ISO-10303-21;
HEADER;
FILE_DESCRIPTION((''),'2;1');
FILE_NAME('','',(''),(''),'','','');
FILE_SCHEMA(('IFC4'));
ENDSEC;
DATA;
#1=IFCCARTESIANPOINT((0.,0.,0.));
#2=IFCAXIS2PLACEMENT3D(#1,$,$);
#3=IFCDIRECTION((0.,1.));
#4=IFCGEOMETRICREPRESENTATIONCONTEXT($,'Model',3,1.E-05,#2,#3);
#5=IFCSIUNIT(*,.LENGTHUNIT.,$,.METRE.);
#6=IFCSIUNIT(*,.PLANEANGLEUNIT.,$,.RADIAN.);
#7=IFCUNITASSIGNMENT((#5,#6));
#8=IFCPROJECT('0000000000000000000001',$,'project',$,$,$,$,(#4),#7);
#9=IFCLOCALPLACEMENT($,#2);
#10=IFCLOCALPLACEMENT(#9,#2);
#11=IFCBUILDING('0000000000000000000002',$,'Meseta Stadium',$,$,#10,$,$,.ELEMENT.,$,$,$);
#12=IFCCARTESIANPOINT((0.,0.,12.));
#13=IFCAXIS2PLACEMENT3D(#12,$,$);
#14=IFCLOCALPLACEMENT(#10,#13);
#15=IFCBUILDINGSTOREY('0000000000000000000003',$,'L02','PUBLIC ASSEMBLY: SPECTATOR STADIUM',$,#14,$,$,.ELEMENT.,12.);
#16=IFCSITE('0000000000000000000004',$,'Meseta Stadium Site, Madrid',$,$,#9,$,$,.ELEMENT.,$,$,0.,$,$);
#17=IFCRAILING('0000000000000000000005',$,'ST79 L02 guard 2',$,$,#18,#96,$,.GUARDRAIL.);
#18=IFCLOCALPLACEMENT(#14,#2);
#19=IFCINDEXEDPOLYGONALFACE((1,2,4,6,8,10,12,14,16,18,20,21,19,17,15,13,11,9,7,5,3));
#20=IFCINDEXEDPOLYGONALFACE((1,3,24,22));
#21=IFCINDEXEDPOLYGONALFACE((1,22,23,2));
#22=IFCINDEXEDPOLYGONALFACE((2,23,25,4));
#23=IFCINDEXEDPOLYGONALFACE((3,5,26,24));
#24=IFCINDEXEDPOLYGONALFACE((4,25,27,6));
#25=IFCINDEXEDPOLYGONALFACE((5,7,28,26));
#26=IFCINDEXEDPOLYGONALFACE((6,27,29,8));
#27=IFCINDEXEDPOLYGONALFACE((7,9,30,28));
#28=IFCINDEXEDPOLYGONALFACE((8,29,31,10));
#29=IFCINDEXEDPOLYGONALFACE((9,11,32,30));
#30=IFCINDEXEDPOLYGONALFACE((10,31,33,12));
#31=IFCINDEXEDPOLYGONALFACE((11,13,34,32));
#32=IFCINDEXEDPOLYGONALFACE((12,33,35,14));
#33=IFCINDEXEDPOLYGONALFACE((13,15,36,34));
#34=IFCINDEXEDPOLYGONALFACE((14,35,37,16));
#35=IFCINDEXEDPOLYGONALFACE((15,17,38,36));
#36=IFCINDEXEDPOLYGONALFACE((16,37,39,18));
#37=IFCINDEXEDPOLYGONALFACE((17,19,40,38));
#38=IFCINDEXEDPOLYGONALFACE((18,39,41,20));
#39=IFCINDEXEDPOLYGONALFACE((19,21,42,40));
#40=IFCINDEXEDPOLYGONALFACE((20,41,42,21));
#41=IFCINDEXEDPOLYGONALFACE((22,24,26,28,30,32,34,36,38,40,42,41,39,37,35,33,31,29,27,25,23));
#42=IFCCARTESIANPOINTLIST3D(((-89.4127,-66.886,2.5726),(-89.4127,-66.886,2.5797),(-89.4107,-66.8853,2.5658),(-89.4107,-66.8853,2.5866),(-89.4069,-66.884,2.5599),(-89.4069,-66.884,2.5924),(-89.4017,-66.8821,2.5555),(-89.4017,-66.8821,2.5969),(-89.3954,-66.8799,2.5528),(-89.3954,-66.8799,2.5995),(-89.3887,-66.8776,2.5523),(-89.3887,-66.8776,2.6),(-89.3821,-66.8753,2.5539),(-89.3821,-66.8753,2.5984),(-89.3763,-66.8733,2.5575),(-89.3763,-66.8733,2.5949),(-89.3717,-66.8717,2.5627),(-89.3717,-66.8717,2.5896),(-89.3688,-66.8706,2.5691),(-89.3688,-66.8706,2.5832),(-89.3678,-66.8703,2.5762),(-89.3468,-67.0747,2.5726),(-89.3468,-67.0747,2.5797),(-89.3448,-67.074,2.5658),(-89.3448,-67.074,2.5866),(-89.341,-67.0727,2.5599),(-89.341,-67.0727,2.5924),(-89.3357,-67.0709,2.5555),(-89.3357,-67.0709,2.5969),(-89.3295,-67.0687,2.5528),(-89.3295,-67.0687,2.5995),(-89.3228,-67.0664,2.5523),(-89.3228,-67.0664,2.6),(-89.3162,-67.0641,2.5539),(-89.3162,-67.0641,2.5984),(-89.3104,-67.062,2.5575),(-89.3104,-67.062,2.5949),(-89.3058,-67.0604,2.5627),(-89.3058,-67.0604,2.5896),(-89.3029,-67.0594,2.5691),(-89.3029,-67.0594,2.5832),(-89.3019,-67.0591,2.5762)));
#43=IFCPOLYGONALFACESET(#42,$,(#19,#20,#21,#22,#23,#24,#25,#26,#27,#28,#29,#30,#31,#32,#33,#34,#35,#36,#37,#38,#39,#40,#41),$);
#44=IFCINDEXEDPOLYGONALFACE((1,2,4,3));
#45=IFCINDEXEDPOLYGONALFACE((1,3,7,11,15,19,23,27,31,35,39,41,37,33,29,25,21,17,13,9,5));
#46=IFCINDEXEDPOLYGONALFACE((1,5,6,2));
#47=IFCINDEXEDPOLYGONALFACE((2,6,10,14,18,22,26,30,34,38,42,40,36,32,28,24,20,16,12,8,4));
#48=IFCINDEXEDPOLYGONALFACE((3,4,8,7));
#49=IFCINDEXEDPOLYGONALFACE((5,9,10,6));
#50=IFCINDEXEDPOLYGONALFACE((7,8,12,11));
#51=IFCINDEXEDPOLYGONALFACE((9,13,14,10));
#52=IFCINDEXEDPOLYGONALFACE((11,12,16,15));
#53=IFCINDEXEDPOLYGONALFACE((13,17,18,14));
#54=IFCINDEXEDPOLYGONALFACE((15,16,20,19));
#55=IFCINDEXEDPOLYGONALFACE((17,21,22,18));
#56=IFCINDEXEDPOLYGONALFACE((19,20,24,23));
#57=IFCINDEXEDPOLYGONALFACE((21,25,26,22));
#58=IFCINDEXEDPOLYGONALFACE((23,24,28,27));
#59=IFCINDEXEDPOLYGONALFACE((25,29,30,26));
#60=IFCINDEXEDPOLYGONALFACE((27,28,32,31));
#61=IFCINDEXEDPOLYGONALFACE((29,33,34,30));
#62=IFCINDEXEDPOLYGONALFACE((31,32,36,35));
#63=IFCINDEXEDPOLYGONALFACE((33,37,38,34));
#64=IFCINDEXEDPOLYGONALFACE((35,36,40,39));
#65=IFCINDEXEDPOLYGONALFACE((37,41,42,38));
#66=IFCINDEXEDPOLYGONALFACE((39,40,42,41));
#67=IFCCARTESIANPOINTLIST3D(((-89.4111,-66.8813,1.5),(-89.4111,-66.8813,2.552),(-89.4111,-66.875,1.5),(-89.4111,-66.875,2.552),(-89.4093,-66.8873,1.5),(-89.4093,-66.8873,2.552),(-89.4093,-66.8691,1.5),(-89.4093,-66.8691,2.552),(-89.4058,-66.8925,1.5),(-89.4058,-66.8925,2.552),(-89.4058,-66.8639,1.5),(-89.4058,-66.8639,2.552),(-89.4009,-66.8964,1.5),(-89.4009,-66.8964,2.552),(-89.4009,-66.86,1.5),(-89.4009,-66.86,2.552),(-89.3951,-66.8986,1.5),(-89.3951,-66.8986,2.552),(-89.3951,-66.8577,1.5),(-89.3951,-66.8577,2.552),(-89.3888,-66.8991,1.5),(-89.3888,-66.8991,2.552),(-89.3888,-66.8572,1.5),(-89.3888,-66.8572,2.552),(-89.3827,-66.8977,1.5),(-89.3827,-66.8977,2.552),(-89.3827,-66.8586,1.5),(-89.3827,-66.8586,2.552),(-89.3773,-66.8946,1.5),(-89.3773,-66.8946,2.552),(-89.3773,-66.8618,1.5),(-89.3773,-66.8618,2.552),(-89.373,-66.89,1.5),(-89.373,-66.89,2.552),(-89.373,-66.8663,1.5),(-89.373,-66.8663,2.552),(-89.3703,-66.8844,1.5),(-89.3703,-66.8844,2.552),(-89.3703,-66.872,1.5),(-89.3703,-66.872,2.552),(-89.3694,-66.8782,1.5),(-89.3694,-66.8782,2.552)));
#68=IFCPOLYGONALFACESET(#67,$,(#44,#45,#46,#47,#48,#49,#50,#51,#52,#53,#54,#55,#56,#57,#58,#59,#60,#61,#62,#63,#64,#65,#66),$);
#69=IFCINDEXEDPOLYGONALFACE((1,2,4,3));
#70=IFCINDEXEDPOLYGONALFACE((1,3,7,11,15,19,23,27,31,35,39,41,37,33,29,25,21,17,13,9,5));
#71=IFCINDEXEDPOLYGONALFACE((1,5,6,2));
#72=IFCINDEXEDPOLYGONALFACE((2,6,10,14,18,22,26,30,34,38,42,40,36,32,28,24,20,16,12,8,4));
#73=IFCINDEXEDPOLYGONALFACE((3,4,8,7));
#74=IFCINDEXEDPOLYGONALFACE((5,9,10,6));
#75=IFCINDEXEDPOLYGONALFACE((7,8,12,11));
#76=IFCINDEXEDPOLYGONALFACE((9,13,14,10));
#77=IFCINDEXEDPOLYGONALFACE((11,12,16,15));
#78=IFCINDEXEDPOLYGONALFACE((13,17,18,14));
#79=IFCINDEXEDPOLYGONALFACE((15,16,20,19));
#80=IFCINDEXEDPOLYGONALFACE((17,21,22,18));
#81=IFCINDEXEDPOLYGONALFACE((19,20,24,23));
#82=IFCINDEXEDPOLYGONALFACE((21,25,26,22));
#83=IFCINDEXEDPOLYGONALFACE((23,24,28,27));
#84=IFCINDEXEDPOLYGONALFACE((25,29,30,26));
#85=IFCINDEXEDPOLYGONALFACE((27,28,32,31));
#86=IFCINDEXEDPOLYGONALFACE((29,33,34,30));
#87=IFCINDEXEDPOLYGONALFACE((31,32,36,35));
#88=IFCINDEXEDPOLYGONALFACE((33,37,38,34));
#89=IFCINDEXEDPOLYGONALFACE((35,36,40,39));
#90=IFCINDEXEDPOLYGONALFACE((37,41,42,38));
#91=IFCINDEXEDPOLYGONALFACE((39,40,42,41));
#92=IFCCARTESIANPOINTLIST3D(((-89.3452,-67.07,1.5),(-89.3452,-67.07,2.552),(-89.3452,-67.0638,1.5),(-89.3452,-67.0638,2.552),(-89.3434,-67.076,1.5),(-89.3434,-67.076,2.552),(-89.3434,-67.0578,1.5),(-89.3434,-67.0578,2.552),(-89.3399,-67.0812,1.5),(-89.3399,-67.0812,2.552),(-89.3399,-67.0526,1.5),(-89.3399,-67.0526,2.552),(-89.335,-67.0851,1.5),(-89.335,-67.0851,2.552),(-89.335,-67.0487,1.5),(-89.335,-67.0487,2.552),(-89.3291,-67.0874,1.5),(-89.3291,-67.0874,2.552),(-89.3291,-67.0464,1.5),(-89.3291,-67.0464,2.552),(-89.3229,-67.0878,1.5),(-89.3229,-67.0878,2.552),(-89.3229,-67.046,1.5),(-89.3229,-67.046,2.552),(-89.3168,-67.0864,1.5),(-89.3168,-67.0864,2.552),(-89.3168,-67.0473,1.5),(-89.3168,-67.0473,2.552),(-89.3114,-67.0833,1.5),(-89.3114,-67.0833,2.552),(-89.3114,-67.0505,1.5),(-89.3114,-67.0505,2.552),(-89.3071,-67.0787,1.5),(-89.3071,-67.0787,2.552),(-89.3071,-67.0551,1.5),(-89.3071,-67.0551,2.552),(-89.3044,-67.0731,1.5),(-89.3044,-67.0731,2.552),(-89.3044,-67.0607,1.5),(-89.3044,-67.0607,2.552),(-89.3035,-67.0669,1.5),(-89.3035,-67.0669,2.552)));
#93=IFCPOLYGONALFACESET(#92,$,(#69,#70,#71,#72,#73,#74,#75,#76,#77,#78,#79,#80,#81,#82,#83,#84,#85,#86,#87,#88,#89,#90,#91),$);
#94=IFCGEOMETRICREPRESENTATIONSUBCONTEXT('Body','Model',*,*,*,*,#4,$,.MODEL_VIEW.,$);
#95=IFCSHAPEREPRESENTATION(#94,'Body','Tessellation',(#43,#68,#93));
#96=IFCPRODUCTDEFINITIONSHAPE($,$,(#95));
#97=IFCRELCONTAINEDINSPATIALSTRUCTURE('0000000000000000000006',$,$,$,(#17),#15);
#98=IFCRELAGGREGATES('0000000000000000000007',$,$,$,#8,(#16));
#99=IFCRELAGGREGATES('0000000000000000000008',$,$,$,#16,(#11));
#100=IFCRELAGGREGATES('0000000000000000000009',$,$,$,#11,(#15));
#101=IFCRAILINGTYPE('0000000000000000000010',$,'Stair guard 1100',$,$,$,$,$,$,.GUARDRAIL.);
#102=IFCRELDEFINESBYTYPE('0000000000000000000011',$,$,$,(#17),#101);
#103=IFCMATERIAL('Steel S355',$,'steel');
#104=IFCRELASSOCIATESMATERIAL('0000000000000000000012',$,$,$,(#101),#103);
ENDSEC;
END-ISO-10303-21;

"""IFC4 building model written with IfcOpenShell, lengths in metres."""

from ifc_helpers import new_model, si_unit, direction, frame, origin, origin_2d, place, context, subcontext, project, spatial, circle, extrude, material, type_object, element, save


model = new_model("IFC4")

# Units and contexts
model_context = context("Model", 3, precision=1e-05, world=origin(), true_north=direction((0.0, 1.0)))
body_context = subcontext(model_context, "Body", "Model", "MODEL_VIEW")
ifc_project = project(units=[si_unit("LENGTHUNIT", "METRE"), si_unit("PLANEANGLEUNIT", "RADIAN")], contexts=[model_context])

# Site, building, storey
site_placement = place(None, origin())
site = spatial("IfcSite", under=ifc_project, at=site_placement, Name="Meseta Stadium Site, Madrid", CompositionType="ELEMENT", RefElevation=0.0)
building_placement = place(site_placement, origin())
building = spatial("IfcBuilding", under=site, at=building_placement, Name="Meseta Stadium", CompositionType="ELEMENT")
storey_placement = place(building_placement, frame((0.0, 0.0, 12.0)))
storey = spatial("IfcBuildingStorey", under=building, at=storey_placement, Name="L02", Description="PUBLIC ASSEMBLY: SPECTATOR STADIUM", CompositionType="ELEMENT", Elevation=12.0)

# Railing
ifc_material_1 = material(Name="Steel S355", Category="steel")
railing_type_1 = type_object("IfcRailingType", Name="Stair guard 1100", PredefinedType="GUARDRAIL", material=ifc_material_1)
railing_1_placement = place(storey_placement, frame((-89.3904, -66.8782, 1.5)))
element("IfcRailing", 1, at=railing_1_placement, inside=storey, type_object=railing_type_1, Name="ST79 L02 guard 2", PredefinedType="GUARDRAIL", context=body_context, shape_type="SweptSolid", body=[
    extrude(circle(Radius=0.0239, at=origin_2d()), frame((0.0, 0.0, 1.0762), z_axis=(0.329752, -0.944068, 0.0), x_axis=(0.944068, 0.329752, 0.0)), (0.0, 0.0, 1.0), 0.2),
    extrude(circle(Radius=0.021, at=origin_2d()), origin(), (0.0, 0.0, 1.0), 1.052),
    extrude(circle(Radius=0.021, at=origin_2d()), frame((0.0659, -0.1887, 0.0)), (0.0, 0.0, 1.0), 1.052),
])

save(model, "model.ifc")
